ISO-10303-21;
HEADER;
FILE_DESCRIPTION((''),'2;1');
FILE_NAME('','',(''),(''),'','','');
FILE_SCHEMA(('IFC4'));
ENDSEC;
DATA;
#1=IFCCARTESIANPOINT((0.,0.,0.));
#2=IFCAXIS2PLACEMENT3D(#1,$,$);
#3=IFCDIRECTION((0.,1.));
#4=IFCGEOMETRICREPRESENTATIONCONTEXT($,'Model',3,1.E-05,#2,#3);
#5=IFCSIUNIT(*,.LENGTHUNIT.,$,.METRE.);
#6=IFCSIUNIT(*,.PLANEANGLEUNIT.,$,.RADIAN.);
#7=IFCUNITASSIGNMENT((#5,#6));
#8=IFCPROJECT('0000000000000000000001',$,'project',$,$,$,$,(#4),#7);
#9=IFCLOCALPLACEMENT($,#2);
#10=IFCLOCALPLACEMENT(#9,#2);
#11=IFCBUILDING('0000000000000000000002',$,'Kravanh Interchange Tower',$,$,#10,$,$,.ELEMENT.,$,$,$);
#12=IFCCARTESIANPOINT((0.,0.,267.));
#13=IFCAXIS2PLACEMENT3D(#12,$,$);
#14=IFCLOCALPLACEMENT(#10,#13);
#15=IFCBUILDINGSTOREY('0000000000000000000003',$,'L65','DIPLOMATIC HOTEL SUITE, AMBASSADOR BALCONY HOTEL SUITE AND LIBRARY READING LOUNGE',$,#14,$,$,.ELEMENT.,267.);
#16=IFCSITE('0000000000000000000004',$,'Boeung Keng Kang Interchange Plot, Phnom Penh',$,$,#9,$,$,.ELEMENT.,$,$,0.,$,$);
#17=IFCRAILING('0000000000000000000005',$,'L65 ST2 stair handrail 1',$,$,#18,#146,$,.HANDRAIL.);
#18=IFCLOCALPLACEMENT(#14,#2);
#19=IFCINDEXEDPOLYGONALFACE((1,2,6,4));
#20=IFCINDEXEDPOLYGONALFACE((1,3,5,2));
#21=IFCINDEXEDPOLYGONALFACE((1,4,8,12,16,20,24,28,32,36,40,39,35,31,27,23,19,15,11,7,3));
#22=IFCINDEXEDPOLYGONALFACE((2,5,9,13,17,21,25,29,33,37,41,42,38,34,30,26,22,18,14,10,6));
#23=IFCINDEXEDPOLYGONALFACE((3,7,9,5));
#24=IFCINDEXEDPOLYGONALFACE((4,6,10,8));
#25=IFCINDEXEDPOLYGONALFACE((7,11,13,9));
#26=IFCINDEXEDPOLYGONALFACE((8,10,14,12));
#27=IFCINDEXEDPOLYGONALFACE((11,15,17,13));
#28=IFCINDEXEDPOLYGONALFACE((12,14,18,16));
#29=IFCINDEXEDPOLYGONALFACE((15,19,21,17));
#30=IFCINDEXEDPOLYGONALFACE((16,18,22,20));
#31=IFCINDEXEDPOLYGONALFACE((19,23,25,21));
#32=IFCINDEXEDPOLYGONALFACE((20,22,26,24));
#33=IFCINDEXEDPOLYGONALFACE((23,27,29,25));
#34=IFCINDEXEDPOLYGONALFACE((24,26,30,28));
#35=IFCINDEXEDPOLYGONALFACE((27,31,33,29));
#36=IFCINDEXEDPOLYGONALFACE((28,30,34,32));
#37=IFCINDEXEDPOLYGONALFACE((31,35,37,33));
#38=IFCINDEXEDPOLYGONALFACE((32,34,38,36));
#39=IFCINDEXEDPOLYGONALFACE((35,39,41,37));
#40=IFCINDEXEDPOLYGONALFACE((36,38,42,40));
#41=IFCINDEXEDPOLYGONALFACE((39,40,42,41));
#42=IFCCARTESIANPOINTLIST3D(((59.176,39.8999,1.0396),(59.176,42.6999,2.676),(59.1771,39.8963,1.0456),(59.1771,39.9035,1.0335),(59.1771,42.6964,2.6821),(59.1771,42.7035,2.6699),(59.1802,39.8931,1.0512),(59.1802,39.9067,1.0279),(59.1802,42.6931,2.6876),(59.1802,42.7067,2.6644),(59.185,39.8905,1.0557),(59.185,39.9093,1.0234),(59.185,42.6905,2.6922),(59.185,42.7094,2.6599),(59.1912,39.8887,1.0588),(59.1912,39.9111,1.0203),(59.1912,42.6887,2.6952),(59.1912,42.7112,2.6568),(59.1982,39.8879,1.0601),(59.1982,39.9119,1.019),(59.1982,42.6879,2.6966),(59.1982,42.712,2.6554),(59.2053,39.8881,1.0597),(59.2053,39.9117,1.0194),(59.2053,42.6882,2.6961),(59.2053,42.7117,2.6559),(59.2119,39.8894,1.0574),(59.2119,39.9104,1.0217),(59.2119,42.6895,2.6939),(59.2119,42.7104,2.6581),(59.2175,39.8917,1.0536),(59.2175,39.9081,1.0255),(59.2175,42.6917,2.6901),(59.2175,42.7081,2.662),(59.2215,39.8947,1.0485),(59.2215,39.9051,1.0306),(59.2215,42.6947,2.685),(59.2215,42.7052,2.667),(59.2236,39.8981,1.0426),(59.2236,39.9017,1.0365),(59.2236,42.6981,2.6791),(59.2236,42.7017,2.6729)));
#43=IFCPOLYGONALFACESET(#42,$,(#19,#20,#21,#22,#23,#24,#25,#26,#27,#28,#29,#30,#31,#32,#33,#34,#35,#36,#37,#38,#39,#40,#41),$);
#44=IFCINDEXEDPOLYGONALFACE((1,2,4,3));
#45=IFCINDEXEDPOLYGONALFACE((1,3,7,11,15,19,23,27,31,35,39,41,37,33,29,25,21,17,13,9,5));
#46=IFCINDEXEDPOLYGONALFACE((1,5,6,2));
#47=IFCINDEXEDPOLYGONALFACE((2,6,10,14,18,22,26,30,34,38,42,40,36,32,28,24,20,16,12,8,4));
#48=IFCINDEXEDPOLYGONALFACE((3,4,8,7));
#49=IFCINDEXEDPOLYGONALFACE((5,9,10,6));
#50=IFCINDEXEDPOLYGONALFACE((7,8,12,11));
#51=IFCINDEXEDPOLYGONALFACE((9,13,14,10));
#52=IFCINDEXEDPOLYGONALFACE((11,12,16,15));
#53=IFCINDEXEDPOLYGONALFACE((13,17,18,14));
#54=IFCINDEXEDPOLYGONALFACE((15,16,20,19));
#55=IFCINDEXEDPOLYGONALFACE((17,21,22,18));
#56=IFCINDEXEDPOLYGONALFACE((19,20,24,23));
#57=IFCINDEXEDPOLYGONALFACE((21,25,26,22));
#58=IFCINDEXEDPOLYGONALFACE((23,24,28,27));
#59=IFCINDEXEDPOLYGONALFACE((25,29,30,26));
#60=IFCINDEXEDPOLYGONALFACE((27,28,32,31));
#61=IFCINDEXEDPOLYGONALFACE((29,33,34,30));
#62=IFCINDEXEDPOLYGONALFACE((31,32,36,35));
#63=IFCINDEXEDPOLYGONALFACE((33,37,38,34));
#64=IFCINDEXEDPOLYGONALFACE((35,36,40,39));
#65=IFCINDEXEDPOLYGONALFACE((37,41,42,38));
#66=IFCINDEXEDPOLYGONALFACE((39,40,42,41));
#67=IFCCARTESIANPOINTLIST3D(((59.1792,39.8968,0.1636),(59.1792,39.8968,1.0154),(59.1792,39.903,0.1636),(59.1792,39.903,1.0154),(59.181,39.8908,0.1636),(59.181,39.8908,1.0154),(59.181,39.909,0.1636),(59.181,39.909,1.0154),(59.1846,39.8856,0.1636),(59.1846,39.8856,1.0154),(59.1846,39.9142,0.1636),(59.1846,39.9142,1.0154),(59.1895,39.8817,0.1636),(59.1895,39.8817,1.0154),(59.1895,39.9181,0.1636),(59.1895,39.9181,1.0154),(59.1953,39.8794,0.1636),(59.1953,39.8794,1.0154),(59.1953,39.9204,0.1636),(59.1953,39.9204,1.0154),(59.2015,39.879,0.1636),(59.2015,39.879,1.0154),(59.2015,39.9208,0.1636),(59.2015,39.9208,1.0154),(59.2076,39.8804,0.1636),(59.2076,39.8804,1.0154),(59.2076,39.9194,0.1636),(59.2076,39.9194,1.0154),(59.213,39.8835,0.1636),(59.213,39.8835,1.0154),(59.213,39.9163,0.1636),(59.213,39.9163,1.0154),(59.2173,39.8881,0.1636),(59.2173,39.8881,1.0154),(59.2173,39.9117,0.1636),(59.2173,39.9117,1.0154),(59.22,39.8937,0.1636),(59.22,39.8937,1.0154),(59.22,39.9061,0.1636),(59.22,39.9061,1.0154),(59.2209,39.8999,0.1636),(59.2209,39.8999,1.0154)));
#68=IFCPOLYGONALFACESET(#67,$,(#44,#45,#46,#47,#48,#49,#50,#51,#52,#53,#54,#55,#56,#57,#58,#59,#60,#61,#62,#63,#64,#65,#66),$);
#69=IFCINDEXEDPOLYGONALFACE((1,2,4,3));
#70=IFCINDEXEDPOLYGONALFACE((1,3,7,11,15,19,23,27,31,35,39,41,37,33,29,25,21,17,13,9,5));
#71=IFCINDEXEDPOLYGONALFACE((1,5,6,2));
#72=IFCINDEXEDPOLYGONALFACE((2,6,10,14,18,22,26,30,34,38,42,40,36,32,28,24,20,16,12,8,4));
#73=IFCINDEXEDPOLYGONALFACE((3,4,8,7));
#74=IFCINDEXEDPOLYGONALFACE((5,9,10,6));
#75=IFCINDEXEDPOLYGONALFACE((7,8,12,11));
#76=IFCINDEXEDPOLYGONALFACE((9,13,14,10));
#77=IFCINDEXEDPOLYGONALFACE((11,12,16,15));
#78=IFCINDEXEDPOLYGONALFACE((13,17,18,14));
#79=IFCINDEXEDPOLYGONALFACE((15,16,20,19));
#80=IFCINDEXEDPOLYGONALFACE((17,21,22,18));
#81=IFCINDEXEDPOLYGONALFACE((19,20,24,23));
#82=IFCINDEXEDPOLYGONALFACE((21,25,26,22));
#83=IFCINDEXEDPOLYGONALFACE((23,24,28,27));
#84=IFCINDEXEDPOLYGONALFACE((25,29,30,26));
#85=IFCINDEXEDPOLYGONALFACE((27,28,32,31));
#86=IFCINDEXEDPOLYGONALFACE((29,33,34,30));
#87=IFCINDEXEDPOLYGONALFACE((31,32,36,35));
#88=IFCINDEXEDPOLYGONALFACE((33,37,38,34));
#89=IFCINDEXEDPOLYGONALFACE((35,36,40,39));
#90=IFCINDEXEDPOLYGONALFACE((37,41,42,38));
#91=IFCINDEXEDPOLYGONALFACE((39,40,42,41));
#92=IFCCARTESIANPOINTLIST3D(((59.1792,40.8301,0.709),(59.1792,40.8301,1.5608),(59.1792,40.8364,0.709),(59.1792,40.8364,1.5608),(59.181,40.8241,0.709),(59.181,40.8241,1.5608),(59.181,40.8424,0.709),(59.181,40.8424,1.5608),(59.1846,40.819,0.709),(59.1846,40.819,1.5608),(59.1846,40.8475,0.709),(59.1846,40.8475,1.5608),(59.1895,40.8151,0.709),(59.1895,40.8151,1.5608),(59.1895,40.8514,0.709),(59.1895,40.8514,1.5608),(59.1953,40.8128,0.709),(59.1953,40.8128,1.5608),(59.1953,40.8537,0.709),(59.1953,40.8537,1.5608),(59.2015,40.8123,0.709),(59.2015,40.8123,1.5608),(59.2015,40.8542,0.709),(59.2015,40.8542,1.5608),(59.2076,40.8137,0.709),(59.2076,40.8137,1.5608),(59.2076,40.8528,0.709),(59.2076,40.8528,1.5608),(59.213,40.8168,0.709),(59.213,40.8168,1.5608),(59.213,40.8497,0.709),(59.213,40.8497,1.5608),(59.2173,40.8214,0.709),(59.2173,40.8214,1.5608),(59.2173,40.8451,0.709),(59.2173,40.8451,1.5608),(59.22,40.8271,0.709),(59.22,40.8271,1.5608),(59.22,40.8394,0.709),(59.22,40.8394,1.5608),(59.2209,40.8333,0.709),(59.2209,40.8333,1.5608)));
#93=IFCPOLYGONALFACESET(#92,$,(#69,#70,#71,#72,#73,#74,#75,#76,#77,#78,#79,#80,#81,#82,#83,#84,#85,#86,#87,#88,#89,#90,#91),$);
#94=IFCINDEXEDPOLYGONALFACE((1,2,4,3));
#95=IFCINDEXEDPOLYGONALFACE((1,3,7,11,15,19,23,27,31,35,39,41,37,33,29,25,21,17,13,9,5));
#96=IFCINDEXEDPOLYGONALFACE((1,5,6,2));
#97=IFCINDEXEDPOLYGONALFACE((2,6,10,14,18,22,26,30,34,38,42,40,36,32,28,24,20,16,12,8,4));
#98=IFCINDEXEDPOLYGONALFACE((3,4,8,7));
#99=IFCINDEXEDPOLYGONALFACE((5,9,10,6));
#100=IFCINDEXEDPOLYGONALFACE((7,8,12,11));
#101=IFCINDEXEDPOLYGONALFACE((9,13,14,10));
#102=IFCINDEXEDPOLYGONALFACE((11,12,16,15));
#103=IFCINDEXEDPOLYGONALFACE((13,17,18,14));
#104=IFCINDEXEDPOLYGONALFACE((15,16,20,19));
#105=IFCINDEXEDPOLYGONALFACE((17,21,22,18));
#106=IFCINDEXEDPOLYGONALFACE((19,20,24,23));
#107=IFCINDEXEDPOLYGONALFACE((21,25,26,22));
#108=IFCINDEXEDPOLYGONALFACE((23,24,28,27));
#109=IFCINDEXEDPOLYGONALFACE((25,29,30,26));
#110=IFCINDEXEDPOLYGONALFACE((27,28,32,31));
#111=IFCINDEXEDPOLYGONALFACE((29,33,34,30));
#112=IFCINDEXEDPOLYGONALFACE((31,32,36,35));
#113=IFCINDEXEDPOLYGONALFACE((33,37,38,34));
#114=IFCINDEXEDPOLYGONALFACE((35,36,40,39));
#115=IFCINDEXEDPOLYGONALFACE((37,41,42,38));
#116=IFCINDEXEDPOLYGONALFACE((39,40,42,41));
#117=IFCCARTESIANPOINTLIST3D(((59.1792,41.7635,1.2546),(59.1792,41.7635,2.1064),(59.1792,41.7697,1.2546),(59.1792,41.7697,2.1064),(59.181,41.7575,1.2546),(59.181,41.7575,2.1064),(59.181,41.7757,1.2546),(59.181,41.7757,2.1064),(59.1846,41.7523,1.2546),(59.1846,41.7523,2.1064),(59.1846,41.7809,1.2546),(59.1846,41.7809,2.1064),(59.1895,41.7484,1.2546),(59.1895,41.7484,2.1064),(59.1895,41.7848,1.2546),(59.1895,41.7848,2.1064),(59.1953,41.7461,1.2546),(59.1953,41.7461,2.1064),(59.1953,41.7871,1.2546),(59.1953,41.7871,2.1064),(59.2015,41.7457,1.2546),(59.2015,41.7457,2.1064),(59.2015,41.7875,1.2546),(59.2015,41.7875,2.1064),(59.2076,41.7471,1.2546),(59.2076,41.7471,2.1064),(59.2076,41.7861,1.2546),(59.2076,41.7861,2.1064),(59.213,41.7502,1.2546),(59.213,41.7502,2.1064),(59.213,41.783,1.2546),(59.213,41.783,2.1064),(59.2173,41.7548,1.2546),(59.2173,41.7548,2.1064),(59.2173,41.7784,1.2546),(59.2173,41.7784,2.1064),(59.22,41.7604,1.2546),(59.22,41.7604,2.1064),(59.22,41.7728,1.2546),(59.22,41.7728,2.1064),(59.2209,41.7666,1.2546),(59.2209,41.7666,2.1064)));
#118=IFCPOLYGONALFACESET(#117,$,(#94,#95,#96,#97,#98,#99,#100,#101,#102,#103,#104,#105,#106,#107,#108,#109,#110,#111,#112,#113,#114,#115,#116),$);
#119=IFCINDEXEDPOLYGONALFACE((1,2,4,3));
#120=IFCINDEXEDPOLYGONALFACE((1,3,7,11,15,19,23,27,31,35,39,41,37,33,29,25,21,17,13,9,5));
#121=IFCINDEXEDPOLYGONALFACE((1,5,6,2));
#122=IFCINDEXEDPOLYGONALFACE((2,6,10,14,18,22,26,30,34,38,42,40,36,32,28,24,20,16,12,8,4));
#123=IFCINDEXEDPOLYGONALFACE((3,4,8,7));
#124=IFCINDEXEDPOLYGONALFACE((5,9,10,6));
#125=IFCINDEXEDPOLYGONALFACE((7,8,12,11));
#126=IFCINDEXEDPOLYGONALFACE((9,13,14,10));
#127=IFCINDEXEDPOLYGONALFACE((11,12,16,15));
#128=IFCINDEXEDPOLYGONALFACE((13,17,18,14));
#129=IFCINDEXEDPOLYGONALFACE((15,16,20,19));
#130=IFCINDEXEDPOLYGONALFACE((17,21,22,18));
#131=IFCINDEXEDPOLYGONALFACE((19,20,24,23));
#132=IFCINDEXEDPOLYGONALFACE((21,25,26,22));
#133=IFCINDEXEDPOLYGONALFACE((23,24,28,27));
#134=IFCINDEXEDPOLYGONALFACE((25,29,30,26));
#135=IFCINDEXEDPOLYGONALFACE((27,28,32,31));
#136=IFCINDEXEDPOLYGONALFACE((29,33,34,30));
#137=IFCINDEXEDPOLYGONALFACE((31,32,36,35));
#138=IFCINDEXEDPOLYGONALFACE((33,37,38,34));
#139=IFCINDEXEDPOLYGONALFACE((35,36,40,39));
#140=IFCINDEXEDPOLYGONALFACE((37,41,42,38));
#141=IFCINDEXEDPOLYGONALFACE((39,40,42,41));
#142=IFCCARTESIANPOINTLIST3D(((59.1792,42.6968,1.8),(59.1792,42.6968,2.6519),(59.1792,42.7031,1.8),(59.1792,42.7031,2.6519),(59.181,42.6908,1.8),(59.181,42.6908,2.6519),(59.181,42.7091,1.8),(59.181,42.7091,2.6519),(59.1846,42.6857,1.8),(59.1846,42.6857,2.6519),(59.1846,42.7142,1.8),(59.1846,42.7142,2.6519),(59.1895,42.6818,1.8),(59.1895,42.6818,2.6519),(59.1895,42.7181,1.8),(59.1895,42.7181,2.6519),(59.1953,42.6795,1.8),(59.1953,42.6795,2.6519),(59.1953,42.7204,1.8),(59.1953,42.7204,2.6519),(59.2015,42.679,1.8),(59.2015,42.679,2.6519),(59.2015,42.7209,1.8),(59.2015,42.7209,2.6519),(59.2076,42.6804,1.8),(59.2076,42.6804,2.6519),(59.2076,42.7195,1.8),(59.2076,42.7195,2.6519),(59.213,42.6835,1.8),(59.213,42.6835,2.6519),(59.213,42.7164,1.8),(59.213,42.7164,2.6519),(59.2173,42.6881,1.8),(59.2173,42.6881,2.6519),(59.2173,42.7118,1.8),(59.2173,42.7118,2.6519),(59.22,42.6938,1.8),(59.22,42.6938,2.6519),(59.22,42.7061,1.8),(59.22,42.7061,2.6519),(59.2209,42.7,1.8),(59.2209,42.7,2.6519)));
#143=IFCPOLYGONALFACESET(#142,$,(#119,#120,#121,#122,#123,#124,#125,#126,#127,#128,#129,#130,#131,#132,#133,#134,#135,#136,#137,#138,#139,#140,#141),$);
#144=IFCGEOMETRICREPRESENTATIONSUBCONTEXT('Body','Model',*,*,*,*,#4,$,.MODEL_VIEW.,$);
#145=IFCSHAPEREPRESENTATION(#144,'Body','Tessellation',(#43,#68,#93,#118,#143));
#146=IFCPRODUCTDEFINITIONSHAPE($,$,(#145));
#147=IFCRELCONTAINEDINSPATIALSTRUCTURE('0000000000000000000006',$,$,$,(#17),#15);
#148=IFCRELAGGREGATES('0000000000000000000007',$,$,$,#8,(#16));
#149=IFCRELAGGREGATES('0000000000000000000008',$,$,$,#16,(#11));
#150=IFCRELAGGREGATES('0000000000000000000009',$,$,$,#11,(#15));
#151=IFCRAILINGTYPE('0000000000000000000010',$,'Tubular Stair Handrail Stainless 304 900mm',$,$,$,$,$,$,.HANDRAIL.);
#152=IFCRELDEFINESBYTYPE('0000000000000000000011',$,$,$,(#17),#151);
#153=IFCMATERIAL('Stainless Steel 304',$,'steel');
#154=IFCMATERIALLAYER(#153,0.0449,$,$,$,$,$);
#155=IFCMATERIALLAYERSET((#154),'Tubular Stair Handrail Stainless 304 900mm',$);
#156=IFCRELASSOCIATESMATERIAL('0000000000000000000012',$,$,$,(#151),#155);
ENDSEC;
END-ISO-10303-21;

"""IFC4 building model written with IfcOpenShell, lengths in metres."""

from ifc_helpers import new_model, si_unit, direction, frame, origin, origin_2d, place, context, subcontext, project, spatial, circle, extrude, material, layer, layer_set, type_object, element, save


model = new_model("IFC4")

# Units and contexts
model_context = context("Model", 3, precision=1e-05, world=origin(), true_north=direction((0.0, 1.0)))
body_context = subcontext(model_context, "Body", "Model", "MODEL_VIEW")
ifc_project = project(units=[si_unit("LENGTHUNIT", "METRE"), si_unit("PLANEANGLEUNIT", "RADIAN")], contexts=[model_context])

# Site, building, storey
site_placement = place(None, origin())
site = spatial("IfcSite", under=ifc_project, at=site_placement, Name="Boeung Keng Kang Interchange Plot, Phnom Penh", CompositionType="ELEMENT", RefElevation=0.0)
building_placement = place(site_placement, origin())
building = spatial("IfcBuilding", under=site, at=building_placement, Name="Kravanh Interchange Tower", CompositionType="ELEMENT")
storey_placement = place(building_placement, frame((0.0, 0.0, 267.0)))
storey = spatial("IfcBuildingStorey", under=building, at=storey_placement, Name="L65", Description="DIPLOMATIC HOTEL SUITE, AMBASSADOR BALCONY HOTEL SUITE AND LIBRARY READING LOUNGE", CompositionType="ELEMENT", Elevation=267.0)

# Railing
ifc_material_1 = material(Name="Stainless Steel 304", Category="steel")
ifc_layer_1 = layer(ifc_material_1, 0.0449)
ifc_layer_set_1 = layer_set([ifc_layer_1], Name="Tubular Stair Handrail Stainless 304 900mm")
railing_type_1 = type_object("IfcRailingType", Name="Tubular Stair Handrail Stainless 304 900mm", PredefinedType="HANDRAIL", material=ifc_layer_set_1)
railing_1_placement = place(storey_placement, frame((59.2, 39.8999, 0.1636)))
element("IfcRailing", 1, at=railing_1_placement, inside=storey, type_object=railing_type_1, Name="L65 ST2 stair handrail 1", PredefinedType="HANDRAIL", context=body_context, shape_type="SweptSolid", body=[
    extrude(circle(Radius=0.0239, at=origin_2d()), frame((0.0, 0.0, 0.876), z_axis=(0.0, 0.863361, 0.504587), x_axis=(-1.0, 0.0, 0.0)), (0.0, 0.0, 1.0), 3.2432),
    extrude(circle(Radius=0.021, at=origin_2d()), origin(), (0.0, 0.0, 1.0), 0.8518),
    extrude(circle(Radius=0.021, at=origin_2d()), frame((0.0, 0.9333, 0.5454)), (0.0, 0.0, 1.0), 0.8518),
    extrude(circle(Radius=0.021, at=origin_2d()), frame((0.0, 1.8667, 1.0911)), (0.0, 0.0, 1.0), 0.8518),
    extrude(circle(Radius=0.021, at=origin_2d()), frame((0.0, 2.8, 1.6365)), (0.0, 0.0, 1.0), 0.8518),
])

save(model, "model.ifc")
